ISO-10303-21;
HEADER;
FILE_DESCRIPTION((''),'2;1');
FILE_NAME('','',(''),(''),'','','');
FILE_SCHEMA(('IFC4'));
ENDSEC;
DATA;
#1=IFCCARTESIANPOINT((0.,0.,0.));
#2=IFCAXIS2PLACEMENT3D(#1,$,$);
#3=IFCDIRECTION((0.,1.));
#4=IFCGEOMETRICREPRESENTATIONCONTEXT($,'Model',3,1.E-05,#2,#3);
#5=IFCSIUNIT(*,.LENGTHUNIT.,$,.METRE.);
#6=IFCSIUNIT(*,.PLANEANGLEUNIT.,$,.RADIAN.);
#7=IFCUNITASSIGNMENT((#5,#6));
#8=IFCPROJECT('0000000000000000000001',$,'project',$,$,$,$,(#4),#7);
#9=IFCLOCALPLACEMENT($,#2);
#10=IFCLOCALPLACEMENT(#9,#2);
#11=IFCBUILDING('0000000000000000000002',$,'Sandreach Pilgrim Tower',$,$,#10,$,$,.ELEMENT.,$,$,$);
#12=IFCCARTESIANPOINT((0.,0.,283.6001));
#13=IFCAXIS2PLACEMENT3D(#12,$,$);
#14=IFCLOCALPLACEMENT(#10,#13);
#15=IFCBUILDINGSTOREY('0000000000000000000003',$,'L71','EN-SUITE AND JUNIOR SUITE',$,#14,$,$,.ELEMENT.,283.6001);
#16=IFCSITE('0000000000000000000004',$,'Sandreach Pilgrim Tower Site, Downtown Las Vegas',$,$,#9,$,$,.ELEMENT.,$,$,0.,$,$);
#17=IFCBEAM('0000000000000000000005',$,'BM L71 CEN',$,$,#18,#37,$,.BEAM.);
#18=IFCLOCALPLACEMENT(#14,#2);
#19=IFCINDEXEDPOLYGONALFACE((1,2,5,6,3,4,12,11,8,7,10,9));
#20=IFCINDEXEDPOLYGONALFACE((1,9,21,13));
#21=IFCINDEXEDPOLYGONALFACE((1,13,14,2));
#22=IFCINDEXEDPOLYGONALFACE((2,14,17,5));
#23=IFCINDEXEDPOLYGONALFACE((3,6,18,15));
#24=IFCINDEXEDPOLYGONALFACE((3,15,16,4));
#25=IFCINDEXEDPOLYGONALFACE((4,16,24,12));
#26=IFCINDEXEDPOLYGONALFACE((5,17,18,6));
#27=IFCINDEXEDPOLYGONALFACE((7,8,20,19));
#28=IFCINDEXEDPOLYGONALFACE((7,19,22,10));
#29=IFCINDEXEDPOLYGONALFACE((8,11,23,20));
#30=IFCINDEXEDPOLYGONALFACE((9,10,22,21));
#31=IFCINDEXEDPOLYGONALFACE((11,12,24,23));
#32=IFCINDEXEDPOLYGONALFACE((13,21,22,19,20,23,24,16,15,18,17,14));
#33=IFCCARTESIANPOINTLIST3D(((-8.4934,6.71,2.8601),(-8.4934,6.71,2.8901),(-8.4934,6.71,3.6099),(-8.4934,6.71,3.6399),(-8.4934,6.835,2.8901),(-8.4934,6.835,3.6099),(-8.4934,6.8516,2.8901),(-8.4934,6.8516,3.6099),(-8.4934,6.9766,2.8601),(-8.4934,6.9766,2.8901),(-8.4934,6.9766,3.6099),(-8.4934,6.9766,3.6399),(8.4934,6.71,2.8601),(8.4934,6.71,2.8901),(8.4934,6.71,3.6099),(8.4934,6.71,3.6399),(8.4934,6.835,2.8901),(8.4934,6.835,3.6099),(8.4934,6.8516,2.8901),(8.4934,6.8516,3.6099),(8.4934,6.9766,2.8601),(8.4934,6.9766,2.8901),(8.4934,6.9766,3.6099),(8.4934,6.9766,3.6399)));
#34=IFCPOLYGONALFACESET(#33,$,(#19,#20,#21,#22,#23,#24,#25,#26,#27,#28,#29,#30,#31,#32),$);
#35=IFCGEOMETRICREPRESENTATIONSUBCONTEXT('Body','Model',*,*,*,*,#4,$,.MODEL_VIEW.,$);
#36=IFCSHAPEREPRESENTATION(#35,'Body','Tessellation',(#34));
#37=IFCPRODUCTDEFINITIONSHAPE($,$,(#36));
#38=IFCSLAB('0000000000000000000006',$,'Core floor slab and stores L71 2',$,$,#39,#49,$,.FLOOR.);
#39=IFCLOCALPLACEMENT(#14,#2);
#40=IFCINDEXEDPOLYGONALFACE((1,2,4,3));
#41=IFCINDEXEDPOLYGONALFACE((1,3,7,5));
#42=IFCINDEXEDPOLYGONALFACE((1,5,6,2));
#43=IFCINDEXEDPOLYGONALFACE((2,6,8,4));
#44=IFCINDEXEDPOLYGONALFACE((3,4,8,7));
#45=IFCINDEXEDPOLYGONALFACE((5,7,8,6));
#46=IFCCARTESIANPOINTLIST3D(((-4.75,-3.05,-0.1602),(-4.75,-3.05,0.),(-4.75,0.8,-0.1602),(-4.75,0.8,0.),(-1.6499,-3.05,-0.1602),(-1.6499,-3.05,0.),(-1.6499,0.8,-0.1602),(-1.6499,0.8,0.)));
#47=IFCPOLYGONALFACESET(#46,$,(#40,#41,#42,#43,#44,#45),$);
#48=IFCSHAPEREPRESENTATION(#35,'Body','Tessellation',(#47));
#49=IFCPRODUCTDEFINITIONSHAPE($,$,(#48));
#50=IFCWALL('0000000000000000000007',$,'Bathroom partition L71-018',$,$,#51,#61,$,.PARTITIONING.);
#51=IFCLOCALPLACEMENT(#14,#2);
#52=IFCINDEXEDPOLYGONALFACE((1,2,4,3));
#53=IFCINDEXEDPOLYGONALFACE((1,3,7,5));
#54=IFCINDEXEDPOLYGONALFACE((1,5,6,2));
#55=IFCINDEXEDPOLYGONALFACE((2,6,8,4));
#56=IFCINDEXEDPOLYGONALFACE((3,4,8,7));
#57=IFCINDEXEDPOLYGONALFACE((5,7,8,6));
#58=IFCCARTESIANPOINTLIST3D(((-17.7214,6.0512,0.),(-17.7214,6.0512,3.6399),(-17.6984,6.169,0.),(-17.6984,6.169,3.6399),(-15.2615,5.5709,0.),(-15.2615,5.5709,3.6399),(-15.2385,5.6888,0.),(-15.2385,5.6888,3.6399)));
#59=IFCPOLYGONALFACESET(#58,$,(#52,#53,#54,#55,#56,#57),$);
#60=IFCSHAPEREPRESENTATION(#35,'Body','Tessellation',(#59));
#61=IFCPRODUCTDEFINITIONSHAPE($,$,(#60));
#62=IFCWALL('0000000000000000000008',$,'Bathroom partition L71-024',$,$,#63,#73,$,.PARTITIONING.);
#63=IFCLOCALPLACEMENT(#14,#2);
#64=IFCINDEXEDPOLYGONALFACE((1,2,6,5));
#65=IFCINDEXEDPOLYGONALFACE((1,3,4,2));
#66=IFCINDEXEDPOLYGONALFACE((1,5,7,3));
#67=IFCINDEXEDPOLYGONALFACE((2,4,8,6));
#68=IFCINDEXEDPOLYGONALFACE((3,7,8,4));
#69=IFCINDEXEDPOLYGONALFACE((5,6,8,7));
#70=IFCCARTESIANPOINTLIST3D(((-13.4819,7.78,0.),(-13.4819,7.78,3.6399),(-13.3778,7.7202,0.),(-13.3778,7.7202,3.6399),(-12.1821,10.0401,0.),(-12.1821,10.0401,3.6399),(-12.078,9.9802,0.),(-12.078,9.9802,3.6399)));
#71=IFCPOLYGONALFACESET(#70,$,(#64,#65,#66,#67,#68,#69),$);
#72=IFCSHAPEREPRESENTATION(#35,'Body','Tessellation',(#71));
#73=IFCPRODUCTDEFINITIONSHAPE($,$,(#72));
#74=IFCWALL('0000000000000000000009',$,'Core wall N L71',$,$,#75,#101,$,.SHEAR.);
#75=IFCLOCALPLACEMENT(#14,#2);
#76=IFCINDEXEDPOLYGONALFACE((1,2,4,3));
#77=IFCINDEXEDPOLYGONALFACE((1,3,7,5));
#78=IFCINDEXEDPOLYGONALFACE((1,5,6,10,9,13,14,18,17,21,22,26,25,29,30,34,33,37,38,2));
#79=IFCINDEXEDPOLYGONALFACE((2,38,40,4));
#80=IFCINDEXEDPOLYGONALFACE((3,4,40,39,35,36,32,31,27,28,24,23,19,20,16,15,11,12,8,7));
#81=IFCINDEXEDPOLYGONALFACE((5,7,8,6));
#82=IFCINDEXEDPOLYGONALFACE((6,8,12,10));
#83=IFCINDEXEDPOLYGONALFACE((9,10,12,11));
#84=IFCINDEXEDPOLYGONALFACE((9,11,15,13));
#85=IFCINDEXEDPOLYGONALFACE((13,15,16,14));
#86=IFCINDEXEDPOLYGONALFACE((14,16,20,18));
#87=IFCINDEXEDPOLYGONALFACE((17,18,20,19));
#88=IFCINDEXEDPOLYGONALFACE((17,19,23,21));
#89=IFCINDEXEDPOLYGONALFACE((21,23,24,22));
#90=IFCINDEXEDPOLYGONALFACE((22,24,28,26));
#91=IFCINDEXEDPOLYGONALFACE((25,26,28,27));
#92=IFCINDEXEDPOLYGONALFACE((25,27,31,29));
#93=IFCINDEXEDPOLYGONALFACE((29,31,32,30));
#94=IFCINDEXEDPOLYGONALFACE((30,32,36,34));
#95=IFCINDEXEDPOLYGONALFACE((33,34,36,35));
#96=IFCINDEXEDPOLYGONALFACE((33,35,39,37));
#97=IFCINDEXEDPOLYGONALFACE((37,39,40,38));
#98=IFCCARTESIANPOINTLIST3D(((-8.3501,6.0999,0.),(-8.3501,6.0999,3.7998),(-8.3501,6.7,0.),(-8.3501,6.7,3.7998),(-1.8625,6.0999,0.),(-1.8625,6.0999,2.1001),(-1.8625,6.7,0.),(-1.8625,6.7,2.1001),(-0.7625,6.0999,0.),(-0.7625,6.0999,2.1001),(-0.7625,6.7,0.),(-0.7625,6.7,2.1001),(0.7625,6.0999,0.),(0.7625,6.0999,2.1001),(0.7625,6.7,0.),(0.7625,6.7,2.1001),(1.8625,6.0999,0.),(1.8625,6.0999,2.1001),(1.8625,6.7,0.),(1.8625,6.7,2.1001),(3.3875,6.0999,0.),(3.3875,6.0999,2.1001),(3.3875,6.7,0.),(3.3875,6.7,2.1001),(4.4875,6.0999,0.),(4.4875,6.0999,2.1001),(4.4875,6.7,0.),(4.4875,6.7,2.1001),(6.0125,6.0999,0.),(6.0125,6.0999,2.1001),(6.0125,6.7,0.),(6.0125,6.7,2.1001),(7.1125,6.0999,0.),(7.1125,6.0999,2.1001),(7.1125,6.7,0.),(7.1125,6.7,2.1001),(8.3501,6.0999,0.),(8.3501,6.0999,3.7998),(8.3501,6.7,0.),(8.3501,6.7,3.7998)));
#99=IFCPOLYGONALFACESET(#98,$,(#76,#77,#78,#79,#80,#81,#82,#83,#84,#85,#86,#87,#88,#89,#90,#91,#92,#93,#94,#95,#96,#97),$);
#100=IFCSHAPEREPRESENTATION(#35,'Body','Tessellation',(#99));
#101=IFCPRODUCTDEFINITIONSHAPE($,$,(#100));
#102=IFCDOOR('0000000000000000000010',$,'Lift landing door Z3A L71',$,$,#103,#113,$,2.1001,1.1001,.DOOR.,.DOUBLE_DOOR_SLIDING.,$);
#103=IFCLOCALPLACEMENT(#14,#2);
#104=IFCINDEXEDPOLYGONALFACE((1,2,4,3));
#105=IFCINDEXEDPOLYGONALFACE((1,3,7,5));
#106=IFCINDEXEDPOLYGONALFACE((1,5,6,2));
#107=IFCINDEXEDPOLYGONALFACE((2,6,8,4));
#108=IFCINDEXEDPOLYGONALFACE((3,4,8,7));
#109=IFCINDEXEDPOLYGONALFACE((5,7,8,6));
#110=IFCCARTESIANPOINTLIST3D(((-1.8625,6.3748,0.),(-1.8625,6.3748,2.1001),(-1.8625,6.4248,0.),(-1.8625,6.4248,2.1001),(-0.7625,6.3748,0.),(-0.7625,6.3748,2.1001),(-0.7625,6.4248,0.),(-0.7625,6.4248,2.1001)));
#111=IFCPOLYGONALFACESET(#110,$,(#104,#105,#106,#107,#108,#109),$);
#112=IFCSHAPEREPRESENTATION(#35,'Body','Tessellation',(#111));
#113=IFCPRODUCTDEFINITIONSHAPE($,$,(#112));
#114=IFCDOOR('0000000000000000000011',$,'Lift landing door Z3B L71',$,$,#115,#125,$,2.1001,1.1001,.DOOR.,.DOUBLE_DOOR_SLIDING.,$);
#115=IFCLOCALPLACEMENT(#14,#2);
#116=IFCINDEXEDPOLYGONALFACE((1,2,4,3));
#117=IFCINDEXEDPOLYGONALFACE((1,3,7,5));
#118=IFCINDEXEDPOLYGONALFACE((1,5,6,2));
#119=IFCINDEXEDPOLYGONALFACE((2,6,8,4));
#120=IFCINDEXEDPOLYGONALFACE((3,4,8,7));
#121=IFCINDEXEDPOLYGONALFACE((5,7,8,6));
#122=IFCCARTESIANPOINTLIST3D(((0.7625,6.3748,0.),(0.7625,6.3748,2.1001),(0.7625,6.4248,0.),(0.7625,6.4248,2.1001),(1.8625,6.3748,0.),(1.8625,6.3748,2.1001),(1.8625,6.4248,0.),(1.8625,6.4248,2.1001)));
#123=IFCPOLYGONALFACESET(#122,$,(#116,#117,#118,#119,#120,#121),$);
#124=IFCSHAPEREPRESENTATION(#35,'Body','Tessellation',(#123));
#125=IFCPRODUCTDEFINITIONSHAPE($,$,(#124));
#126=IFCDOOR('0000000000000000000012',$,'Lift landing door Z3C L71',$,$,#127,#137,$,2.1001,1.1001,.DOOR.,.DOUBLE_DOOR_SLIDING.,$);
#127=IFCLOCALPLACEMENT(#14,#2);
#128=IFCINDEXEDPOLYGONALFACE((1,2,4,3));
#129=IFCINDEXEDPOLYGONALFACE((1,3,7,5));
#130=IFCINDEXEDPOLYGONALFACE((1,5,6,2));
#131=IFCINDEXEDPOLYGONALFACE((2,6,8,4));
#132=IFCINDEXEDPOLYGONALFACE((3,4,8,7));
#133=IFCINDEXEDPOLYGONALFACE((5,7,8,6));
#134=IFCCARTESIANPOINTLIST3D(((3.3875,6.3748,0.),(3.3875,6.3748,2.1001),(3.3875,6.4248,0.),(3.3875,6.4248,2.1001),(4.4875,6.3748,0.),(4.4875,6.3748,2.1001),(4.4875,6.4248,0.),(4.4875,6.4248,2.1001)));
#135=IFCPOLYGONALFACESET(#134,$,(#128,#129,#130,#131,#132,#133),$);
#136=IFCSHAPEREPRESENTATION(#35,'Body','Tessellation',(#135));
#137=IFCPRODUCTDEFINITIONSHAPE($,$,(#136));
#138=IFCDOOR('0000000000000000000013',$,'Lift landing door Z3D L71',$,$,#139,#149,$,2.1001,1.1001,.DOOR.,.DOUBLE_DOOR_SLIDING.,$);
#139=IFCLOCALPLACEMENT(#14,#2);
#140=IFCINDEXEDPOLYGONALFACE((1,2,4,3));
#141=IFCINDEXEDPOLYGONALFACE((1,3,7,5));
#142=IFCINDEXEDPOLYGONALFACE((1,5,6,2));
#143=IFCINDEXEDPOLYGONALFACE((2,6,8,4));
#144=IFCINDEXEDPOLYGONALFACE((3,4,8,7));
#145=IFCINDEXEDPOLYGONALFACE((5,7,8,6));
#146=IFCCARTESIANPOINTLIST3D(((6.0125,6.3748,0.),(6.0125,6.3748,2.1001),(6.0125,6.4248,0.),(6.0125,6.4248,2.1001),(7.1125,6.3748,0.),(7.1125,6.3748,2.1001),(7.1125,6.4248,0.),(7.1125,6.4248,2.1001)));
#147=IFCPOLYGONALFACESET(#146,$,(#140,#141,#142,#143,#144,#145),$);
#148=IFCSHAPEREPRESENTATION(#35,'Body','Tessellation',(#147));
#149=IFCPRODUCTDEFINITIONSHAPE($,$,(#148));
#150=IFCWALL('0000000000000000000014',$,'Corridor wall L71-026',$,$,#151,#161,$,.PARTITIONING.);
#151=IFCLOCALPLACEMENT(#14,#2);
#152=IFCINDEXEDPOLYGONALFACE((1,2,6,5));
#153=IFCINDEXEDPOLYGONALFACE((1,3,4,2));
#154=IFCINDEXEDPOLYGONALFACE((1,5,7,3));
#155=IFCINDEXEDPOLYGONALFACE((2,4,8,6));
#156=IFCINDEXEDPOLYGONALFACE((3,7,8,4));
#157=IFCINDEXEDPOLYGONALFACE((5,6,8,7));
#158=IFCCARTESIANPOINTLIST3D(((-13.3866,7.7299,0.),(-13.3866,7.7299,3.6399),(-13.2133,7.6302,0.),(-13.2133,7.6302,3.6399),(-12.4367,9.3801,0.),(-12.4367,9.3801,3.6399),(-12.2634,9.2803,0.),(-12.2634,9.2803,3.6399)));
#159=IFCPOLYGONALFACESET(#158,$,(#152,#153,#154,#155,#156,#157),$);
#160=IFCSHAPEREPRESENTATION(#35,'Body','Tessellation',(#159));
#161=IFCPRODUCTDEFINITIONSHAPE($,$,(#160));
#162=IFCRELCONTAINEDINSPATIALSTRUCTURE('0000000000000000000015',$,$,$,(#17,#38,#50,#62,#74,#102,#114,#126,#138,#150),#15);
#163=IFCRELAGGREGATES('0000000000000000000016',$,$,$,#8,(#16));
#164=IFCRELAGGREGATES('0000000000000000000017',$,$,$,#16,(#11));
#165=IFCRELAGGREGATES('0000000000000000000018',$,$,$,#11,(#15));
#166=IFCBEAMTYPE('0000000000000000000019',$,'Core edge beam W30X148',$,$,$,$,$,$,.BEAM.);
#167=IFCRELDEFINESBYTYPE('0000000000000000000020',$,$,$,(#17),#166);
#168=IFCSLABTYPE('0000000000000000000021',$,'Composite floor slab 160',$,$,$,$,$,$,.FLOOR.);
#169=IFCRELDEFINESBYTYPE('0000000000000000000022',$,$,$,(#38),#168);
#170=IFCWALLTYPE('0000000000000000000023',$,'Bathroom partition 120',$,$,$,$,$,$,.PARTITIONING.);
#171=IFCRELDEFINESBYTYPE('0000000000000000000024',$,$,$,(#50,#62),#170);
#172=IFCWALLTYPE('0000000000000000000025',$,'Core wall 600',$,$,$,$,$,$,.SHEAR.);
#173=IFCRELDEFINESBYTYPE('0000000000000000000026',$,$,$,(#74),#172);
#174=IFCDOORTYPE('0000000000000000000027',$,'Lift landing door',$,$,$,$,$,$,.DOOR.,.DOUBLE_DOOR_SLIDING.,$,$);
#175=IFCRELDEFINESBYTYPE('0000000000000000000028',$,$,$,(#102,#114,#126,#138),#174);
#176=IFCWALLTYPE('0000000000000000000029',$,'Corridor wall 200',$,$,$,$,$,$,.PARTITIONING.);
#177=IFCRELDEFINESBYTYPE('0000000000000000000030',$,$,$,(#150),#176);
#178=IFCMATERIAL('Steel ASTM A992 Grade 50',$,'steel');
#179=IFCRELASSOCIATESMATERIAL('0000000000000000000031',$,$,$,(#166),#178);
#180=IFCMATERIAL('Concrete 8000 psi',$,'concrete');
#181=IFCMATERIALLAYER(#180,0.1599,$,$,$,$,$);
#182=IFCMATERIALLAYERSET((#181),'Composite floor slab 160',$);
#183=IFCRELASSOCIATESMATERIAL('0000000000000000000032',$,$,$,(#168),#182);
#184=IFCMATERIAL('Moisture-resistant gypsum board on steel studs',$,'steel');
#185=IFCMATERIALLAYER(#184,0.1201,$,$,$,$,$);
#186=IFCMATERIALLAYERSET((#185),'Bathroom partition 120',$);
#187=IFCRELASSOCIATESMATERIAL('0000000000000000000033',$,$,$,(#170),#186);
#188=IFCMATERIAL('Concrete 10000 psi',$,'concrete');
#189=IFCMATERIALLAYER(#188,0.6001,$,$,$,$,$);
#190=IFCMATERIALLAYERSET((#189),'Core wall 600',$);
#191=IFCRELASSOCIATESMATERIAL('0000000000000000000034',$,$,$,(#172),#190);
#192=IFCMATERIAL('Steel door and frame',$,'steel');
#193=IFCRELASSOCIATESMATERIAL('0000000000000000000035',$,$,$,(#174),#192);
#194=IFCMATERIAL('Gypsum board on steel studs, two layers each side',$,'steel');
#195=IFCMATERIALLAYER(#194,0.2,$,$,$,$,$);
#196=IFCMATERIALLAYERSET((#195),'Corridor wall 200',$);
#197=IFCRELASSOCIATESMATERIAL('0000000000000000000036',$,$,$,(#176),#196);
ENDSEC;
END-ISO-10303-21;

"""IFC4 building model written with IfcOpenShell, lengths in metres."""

from ifc_helpers import new_model, si_unit, direction, frame, frame_2d, origin, origin_2d, place, context, subcontext, project, spatial, polyline, rectangle, i_section, outline, extrude, material, layer, layer_set, material_profile, profile_set, type_object, element, fill, save


model = new_model("IFC4")

# Units and contexts
model_context = context("Model", 3, precision=1e-05, world=origin(), true_north=direction((0.0, 1.0)))
body_context = subcontext(model_context, "Body", "Model", "MODEL_VIEW")
ifc_project = project(units=[si_unit("LENGTHUNIT", "METRE"), si_unit("PLANEANGLEUNIT", "RADIAN")], contexts=[model_context])

# Site, building, storey
site_placement = place(None, origin())
site = spatial("IfcSite", under=ifc_project, at=site_placement, Name="Sandreach Pilgrim Tower Site, Downtown Las Vegas", CompositionType="ELEMENT", RefElevation=0.0)
building_placement = place(site_placement, origin())
building = spatial("IfcBuilding", under=site, at=building_placement, Name="Sandreach Pilgrim Tower", CompositionType="ELEMENT")
storey_placement = place(building_placement, frame((0.0, 0.0, 283.6001)))
storey = spatial("IfcBuildingStorey", under=building, at=storey_placement, Name="L71", Description="EN-SUITE AND JUNIOR SUITE", CompositionType="ELEMENT", Elevation=283.6001)

# Beam
ifc_material_1 = material(Name="Steel ASTM A992 Grade 50", Category="steel")
ifc_material_profile = material_profile(ifc_material_1, i_section(OverallWidth=0.2666, OverallDepth=0.7798, WebThickness=0.0166, FlangeThickness=0.03, at=origin_2d()), Name="W30X148")
ifc_profile_set = profile_set([ifc_material_profile], Name="Steel ASTM A992 Grade 50")
beam_type = type_object("IfcBeamType", Name="Core edge beam W30X148", PredefinedType="BEAM", material=ifc_profile_set)
beam_placement = place(storey_placement, frame((-8.4934, 6.8433, 3.25), z_axis=(1.0, 0.0, 0.0), x_axis=(0.0, 1.0, 0.0)))
element("IfcBeam", 1, at=beam_placement, inside=storey, type_object=beam_type, Name="BM L71 CEN", PredefinedType="BEAM", context=body_context, shape_type="SweptSolid", body=[
    extrude(i_section(OverallWidth=0.2666, OverallDepth=0.7798, WebThickness=0.0166, FlangeThickness=0.03, at=origin_2d()), origin(), (0.0, 0.0, 1.0), 16.9868),
])

# Slab
ifc_material_2 = material(Name="Concrete 8000 psi", Category="concrete")
ifc_layer_1 = layer(ifc_material_2, 0.1599)
ifc_layer_set_1 = layer_set([ifc_layer_1], Name="Composite floor slab 160")
slab_type = type_object("IfcSlabType", Name="Composite floor slab 160", PredefinedType="FLOOR", material=ifc_layer_set_1)
slab_placement = place(storey_placement, frame((0.0, 0.0, -0.1602)))
element("IfcSlab", 2, at=slab_placement, inside=storey, type_object=slab_type, Name="Core floor slab and stores L71 2", PredefinedType="FLOOR", context=body_context, shape_type="SweptSolid", body=[
    extrude(outline(polyline([(-1.6499, -3.05), (-4.75, -3.05), (-4.75, 0.8), (-1.6499, 0.8), (-1.6499, -3.05)])), origin(), (0.0, 0.0, 1.0), 0.1602),
])

# Walls
ifc_material_3 = material(Name="Moisture-resistant gypsum board on steel studs", Category="steel")
ifc_layer_2 = layer(ifc_material_3, 0.1201)
ifc_layer_set_2 = layer_set([ifc_layer_2], Name="Bathroom partition 120")
wall_type_1 = type_object("IfcWallType", Name="Bathroom partition 120", PredefinedType="PARTITIONING", material=ifc_layer_set_2)
wall_1_placement = place(storey_placement, frame((-15.25, 5.6299, 0.0), z_axis=(0.0, 0.0, 1.0), x_axis=(-0.981473, 0.1916, 0.0)))
element("IfcWall", 3, at=wall_1_placement, inside=storey, type_object=wall_type_1, Name="Bathroom partition L71-018", PredefinedType="PARTITIONING", context=body_context, shape_type="SweptSolid", body=[
    extrude(rectangle(XDim=2.5063, YDim=0.1201, at=frame_2d((1.2532, 0.0))), origin(), (0.0, 0.0, 1.0), 3.6399),
])
wall_2_placement = place(storey_placement, frame((-13.4299, 7.75, 0.0), z_axis=(0.0, 0.0, 1.0), x_axis=(0.498557, 0.866857, 0.0)))
element("IfcWall", 4, at=wall_2_placement, inside=storey, type_object=wall_type_1, Name="Bathroom partition L71-024", PredefinedType="PARTITIONING", context=body_context, shape_type="SweptSolid", body=[
    extrude(rectangle(XDim=2.6072, YDim=0.1201, at=frame_2d((1.3037, 0.0))), origin(), (0.0, 0.0, 1.0), 3.6399),
])

# Wall, openings, doors
ifc_material_4 = material(Name="Concrete 10000 psi", Category="concrete")
ifc_layer_3 = layer(ifc_material_4, 0.6001)
ifc_layer_set_3 = layer_set([ifc_layer_3], Name="Core wall 600")
wall_type_2 = type_object("IfcWallType", Name="Core wall 600", PredefinedType="SHEAR", material=ifc_layer_set_3)
wall_3_placement = place(storey_placement, frame((-8.3501, 6.3999, 0.0), z_axis=(0.0, 0.0, 1.0), x_axis=(1.0, 0.0, 0.0)))
wall_3 = element("IfcWall", 5, at=wall_3_placement, inside=storey, type_object=wall_type_2, Name="Core wall N L71", PredefinedType="SHEAR", context=body_context, shape_type="SweptSolid", body=[
    extrude(rectangle(XDim=16.7002, YDim=0.6001, at=frame_2d((8.3501, 0.0))), origin(), (0.0, 0.0, 1.0), 3.7998),
])
opening_1_placement = place(wall_3_placement, frame((6.4875, 0.0, 0.0)))
opening_1 = element("IfcOpeningElement", 6, at=opening_1_placement, cuts=wall_3, PredefinedType="OPENING", context=body_context, shape_type="SweptSolid", body=[
    extrude(rectangle(XDim=1.1001, YDim=2.1001, at=frame_2d((0.55, 1.05))), frame((0.0, 0.3, 0.0), z_axis=(0.0, -1.0, 0.0), x_axis=(1.0, 0.0, 0.0)), (0.0, 0.0, 1.0), 0.6001),
])
opening_2_placement = place(wall_3_placement, frame((9.1125, 0.0, 0.0)))
opening_2 = element("IfcOpeningElement", 7, at=opening_2_placement, cuts=wall_3, PredefinedType="OPENING", context=body_context, shape_type="SweptSolid", body=[
    extrude(rectangle(XDim=1.1001, YDim=2.1001, at=frame_2d((0.55, 1.05))), frame((0.0, 0.3, 0.0), z_axis=(0.0, -1.0, 0.0), x_axis=(1.0, 0.0, 0.0)), (0.0, 0.0, 1.0), 0.6001),
])
opening_3_placement = place(wall_3_placement, frame((11.7375, 0.0, 0.0)))
opening_3 = element("IfcOpeningElement", 8, at=opening_3_placement, cuts=wall_3, PredefinedType="OPENING", context=body_context, shape_type="SweptSolid", body=[
    extrude(rectangle(XDim=1.1001, YDim=2.1001, at=frame_2d((0.55, 1.05))), frame((0.0, 0.3, 0.0), z_axis=(0.0, -1.0, 0.0), x_axis=(1.0, 0.0, 0.0)), (0.0, 0.0, 1.0), 0.6001),
])
opening_4_placement = place(wall_3_placement, frame((14.3625, 0.0, 0.0)))
opening_4 = element("IfcOpeningElement", 9, at=opening_4_placement, cuts=wall_3, PredefinedType="OPENING", context=body_context, shape_type="SweptSolid", body=[
    extrude(rectangle(XDim=1.1001, YDim=2.1001, at=frame_2d((0.55, 1.05))), frame((0.0, 0.3, 0.0), z_axis=(0.0, -1.0, 0.0), x_axis=(1.0, 0.0, 0.0)), (0.0, 0.0, 1.0), 0.6001),
])
ifc_material_5 = material(Name="Steel door and frame", Category="steel")
door_type_1 = type_object("IfcDoorType", Name="Lift landing door", OperationType="DOUBLE_DOOR_SLIDING", PredefinedType="DOOR", material=ifc_material_5)
door_1_placement = place(opening_1_placement, origin())
door_1 = element("IfcDoor", 10, at=door_1_placement, inside=storey, type_object=door_type_1, Name="Lift landing door Z3A L71", OperationType="DOUBLE_DOOR_SLIDING", OverallHeight=2.1001, OverallWidth=1.1001, PredefinedType="DOOR", context=body_context, shape_type="SweptSolid", body=[
    extrude(rectangle(XDim=1.1001, YDim=2.1001, at=frame_2d((0.55, 1.05))), frame((0.0, 0.0249, 0.0), z_axis=(0.0, -1.0, 0.0), x_axis=(1.0, 0.0, 0.0)), (0.0, 0.0, 1.0), 0.05),
])
fill(opening_1, door_1)
door_2_placement = place(opening_2_placement, origin())
door_2 = element("IfcDoor", 11, at=door_2_placement, inside=storey, type_object=door_type_1, Name="Lift landing door Z3B L71", OperationType="DOUBLE_DOOR_SLIDING", OverallHeight=2.1001, OverallWidth=1.1001, PredefinedType="DOOR", context=body_context, shape_type="SweptSolid", body=[
    extrude(rectangle(XDim=1.1001, YDim=2.1001, at=frame_2d((0.55, 1.05))), frame((0.0, 0.0249, 0.0), z_axis=(0.0, -1.0, 0.0), x_axis=(1.0, 0.0, 0.0)), (0.0, 0.0, 1.0), 0.05),
])
fill(opening_2, door_2)
door_3_placement = place(opening_3_placement, origin())
door_3 = element("IfcDoor", 12, at=door_3_placement, inside=storey, type_object=door_type_1, Name="Lift landing door Z3C L71", OperationType="DOUBLE_DOOR_SLIDING", OverallHeight=2.1001, OverallWidth=1.1001, PredefinedType="DOOR", context=body_context, shape_type="SweptSolid", body=[
    extrude(rectangle(XDim=1.1001, YDim=2.1001, at=frame_2d((0.55, 1.05))), frame((0.0, 0.0249, 0.0), z_axis=(0.0, -1.0, 0.0), x_axis=(1.0, 0.0, 0.0)), (0.0, 0.0, 1.0), 0.05),
])
fill(opening_3, door_3)
door_4_placement = place(opening_4_placement, origin())
door_4 = element("IfcDoor", 13, at=door_4_placement, inside=storey, type_object=door_type_1, Name="Lift landing door Z3D L71", OperationType="DOUBLE_DOOR_SLIDING", OverallHeight=2.1001, OverallWidth=1.1001, PredefinedType="DOOR", context=body_context, shape_type="SweptSolid", body=[
    extrude(rectangle(XDim=1.1001, YDim=2.1001, at=frame_2d((0.55, 1.05))), frame((0.0, 0.0249, 0.0), z_axis=(0.0, -1.0, 0.0), x_axis=(1.0, 0.0, 0.0)), (0.0, 0.0, 1.0), 0.05),
])
fill(opening_4, door_4)

# Shared definitions
ifc_material_6 = material(Name="Gypsum board on steel studs, two layers each side", Category="steel")
ifc_layer_4 = layer(ifc_material_6, 0.2)
ifc_layer_set_4 = layer_set([ifc_layer_4], Name="Corridor wall 200")
wall_type_3 = type_object("IfcWallType", Name="Corridor wall 200", PredefinedType="PARTITIONING", material=ifc_layer_set_4)

# Wall
wall_4_placement = place(storey_placement, frame((-13.3, 7.6799, 0.0), z_axis=(0.0, 0.0, 1.0), x_axis=(0.498912, 0.866653, 0.0)))
element("IfcWall", 14, at=wall_4_placement, inside=storey, type_object=wall_type_3, Name="Corridor wall L71-026", PredefinedType="PARTITIONING", context=body_context, shape_type="SweptSolid", body=[
    extrude(rectangle(XDim=1.9041, YDim=0.2, at=frame_2d((0.9521, 0.0))), origin(), (0.0, 0.0, 1.0), 3.6399),
])

save(model, "model.ifc")
